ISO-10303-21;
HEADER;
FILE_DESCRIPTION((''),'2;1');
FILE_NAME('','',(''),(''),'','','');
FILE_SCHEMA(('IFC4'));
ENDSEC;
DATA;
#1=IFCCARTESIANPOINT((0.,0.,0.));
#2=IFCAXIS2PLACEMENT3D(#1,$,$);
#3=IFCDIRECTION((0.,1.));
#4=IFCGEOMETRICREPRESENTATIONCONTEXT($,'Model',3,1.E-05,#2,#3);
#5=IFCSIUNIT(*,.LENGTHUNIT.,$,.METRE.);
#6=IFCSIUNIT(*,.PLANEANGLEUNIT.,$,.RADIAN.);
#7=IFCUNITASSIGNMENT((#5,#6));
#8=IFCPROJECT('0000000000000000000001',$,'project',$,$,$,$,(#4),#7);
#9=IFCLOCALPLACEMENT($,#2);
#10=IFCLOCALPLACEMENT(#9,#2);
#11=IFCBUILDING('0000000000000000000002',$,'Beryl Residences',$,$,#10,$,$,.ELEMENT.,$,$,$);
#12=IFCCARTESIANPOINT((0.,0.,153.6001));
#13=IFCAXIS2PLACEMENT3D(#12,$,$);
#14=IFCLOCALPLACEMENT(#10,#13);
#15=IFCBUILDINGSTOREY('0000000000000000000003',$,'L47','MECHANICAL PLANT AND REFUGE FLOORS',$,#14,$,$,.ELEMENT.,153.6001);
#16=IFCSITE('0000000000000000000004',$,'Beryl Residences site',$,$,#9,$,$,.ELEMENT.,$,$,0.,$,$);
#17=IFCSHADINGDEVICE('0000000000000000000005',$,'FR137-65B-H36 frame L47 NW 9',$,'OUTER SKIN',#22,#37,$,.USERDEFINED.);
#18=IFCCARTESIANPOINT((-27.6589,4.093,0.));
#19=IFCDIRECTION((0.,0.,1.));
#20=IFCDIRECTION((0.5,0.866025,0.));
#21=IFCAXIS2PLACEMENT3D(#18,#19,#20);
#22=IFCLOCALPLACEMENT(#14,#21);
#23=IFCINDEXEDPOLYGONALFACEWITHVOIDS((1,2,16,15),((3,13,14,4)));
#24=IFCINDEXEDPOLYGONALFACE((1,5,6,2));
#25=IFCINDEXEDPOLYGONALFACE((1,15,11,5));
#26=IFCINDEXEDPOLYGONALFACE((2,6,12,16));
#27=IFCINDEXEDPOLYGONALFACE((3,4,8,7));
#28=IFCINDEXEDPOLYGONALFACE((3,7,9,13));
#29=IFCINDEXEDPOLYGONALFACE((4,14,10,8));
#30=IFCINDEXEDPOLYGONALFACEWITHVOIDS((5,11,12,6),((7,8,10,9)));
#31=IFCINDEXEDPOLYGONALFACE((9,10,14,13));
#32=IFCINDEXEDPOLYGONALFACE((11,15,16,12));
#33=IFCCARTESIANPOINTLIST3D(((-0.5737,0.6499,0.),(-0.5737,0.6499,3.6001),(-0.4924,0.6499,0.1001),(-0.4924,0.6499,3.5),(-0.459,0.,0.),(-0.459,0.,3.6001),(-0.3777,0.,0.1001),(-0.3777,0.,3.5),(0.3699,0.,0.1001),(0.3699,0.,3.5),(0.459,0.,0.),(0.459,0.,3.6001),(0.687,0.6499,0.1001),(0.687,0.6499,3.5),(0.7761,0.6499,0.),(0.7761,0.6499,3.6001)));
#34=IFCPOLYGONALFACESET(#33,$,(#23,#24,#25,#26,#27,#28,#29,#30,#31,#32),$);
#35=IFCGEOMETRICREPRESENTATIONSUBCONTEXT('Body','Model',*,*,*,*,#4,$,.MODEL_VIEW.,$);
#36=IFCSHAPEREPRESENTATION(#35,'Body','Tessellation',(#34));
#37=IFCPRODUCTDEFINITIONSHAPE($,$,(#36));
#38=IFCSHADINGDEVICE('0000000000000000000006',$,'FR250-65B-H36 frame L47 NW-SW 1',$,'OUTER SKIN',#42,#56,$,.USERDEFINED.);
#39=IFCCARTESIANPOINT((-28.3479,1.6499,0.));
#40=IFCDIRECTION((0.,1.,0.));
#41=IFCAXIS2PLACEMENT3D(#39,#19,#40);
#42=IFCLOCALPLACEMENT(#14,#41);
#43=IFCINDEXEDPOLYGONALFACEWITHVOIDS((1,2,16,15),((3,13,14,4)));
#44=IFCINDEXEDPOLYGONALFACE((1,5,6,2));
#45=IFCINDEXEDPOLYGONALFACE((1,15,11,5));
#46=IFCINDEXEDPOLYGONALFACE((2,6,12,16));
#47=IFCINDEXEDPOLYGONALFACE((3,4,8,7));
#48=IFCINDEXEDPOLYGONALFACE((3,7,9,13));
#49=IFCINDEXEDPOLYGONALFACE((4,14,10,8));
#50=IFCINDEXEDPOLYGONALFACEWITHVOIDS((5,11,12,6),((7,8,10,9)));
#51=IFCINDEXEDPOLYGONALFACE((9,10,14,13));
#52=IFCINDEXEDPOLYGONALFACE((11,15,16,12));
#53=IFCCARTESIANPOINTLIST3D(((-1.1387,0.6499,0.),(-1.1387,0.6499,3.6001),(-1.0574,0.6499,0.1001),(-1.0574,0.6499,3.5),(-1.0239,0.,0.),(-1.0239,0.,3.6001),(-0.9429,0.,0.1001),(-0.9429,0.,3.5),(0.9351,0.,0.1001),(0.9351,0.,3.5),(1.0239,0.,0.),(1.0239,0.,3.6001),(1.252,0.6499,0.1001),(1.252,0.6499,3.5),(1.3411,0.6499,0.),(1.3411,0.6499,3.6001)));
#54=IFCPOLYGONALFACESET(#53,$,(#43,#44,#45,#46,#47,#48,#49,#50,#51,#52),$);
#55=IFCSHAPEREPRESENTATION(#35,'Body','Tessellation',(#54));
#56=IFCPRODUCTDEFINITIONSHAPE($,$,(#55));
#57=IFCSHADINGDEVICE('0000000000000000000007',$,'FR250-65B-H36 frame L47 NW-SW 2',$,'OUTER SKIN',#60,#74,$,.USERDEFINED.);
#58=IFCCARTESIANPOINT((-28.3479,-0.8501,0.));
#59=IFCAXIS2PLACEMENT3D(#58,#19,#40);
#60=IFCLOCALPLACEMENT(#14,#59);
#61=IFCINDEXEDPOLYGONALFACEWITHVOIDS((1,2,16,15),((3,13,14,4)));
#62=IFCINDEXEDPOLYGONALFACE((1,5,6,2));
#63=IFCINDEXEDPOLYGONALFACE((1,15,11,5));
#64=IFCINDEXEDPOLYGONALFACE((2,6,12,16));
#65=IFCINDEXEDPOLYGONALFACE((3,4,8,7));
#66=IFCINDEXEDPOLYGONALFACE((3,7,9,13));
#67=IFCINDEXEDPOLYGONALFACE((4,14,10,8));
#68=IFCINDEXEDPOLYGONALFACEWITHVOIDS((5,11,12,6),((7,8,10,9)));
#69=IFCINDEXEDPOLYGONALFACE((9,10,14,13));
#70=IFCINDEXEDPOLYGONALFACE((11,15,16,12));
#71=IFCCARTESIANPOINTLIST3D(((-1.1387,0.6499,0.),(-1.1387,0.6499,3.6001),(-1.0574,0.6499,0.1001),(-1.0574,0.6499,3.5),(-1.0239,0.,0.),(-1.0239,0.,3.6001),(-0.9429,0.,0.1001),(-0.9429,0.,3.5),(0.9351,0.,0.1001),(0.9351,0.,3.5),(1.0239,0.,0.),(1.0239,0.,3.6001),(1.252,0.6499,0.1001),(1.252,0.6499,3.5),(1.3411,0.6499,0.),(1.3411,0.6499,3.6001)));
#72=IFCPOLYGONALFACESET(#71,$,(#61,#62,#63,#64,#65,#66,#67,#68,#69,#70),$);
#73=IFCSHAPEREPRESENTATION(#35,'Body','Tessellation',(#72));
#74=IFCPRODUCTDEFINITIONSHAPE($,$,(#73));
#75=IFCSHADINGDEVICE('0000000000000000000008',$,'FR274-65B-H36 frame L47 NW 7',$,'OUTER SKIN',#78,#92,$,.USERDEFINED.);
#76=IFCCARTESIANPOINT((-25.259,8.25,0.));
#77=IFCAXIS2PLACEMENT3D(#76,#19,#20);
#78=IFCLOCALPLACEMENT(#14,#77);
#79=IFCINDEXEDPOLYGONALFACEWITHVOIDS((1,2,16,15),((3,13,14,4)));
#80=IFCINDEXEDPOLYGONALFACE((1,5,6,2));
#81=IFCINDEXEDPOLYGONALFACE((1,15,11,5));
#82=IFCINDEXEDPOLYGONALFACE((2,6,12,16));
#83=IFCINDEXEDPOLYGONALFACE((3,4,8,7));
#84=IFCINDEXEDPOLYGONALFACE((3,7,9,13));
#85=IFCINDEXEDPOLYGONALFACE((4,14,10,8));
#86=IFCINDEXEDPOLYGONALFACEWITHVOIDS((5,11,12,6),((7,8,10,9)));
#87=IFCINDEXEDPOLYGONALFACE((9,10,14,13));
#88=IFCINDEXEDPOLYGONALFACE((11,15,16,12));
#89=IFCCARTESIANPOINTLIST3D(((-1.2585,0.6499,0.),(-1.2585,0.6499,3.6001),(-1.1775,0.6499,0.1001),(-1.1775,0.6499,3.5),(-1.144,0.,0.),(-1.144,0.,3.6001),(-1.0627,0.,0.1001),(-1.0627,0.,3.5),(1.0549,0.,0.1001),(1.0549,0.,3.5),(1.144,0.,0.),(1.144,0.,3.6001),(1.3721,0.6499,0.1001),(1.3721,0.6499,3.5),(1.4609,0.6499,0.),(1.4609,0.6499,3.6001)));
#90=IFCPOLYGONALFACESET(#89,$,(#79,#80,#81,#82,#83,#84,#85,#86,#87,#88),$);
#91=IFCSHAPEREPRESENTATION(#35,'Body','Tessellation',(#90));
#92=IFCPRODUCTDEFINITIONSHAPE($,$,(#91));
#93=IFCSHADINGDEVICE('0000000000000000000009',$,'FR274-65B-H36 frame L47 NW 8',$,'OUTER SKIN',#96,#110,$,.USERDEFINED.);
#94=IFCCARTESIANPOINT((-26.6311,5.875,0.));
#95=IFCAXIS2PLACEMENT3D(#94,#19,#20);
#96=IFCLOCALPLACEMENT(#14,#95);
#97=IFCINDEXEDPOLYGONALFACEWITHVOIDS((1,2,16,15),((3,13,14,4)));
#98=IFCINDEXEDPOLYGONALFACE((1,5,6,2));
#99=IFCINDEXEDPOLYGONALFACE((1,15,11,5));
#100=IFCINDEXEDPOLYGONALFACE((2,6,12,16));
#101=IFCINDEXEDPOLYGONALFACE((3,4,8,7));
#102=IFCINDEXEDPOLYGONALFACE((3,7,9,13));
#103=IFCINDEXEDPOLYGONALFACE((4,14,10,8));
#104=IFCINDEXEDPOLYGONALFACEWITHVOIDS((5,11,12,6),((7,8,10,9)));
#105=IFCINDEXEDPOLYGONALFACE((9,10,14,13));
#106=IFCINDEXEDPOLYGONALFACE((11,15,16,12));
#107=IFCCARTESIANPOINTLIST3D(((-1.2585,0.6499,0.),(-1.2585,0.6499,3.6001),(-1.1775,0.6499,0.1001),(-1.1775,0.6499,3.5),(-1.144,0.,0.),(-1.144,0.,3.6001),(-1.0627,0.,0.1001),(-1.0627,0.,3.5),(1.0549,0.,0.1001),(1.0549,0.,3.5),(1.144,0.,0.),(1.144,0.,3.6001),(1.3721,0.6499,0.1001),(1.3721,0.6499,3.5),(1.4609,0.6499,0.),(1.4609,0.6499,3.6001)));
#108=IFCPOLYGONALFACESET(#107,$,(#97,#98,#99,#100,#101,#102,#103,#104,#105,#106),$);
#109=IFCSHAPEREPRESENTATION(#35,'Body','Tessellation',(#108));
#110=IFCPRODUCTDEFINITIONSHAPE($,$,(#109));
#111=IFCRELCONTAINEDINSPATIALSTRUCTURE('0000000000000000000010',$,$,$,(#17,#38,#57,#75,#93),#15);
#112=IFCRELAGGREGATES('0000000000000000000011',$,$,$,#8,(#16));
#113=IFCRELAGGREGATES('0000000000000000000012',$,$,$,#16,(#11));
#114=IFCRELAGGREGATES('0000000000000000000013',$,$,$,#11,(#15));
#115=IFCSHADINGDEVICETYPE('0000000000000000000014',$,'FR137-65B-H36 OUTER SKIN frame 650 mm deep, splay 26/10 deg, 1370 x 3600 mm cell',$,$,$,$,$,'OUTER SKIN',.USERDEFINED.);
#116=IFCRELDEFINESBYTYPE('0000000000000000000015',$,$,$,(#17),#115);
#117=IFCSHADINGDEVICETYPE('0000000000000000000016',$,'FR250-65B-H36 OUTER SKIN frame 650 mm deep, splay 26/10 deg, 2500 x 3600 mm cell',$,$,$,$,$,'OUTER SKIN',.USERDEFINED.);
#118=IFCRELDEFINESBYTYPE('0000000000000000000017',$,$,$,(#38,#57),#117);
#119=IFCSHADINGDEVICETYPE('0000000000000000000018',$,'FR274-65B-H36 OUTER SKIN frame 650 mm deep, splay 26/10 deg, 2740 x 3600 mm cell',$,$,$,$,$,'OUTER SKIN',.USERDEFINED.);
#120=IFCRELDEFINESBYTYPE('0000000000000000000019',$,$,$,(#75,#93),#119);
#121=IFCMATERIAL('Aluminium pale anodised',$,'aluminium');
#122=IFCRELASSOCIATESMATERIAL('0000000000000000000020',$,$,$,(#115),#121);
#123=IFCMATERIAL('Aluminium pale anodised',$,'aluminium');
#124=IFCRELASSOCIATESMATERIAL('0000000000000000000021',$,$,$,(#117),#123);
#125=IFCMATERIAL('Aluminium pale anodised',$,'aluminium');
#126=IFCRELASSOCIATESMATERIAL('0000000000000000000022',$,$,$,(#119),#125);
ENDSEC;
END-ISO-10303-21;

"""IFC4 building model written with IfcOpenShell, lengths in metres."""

from ifc_helpers import new_model, entity, si_unit, direction, frame, origin, place, context, subcontext, project, spatial, source, transform, mapped, material, type_object, type_shapes, element, save


model = new_model("IFC4")

# Units and contexts
model_context = context("Model", 3, precision=1e-05, world=origin(), true_north=direction((0.0, 1.0)))
body_context = subcontext(model_context, "Body", "Model", "MODEL_VIEW")
ifc_project = project(units=[si_unit("LENGTHUNIT", "METRE"), si_unit("PLANEANGLEUNIT", "RADIAN")], contexts=[model_context])

# Site, building, storey
site_placement = place(None, origin())
site = spatial("IfcSite", under=ifc_project, at=site_placement, Name="Beryl Residences site", CompositionType="ELEMENT", RefElevation=0.0)
building_placement = place(site_placement, origin())
building = spatial("IfcBuilding", under=site, at=building_placement, Name="Beryl Residences", CompositionType="ELEMENT")
storey_placement = place(building_placement, frame((0.0, 0.0, 153.6001)))
storey = spatial("IfcBuildingStorey", under=building, at=storey_placement, Name="L47", Description="MECHANICAL PLANT AND REFUGE FLOORS", CompositionType="ELEMENT", Elevation=153.6001)

# Shading devices
ifc_material_1 = material(Name="Aluminium pale anodised", Category="aluminium")
shading_device_type_1 = type_object("IfcShadingDeviceType", Name="FR137-65B-H36 OUTER SKIN frame 650 mm deep, splay 26/10 deg, 1370 x 3600 mm cell", ElementType="OUTER SKIN", PredefinedType="USERDEFINED", material=ifc_material_1)
cartesian_point_1 = entity("IfcCartesianPoint", [-0.459, 0.0])
cartesian_point_2 = entity("IfcCartesianPoint", [-0.3699, 0.1001])
cartesian_point_3 = entity("IfcCartesianPoint", [-0.7761, 0.0])
cartesian_point_4 = entity("IfcCartesianPoint", [-0.687, 0.1001])
shared_shape_1 = source(origin(), body_context, "Body", "SweptSolid", [
    entity("IfcExtrudedAreaSolidTapered", entity("IfcArbitraryProfileDefWithVoids", "AREA", None, entity("IfcPolyline", [cartesian_point_1, entity("IfcCartesianPoint", [0.459, 0.0]), entity("IfcCartesianPoint", [0.459, 3.6001]), entity("IfcCartesianPoint", [-0.459, 3.6001]), cartesian_point_1]), [entity("IfcPolyline", [cartesian_point_2, entity("IfcCartesianPoint", [0.3777, 0.1001]), entity("IfcCartesianPoint", [0.3777, 3.5]), entity("IfcCartesianPoint", [-0.3699, 3.5]), cartesian_point_2])]), entity("IfcAxis2Placement3D", entity("IfcCartesianPoint", [0.0, 0.0, 0.0]), entity("IfcDirection", [0.0, 1.0, 0.0]), entity("IfcDirection", [-1.0, 0.0, 0.0])), entity("IfcDirection", [0.0, 0.0, 1.0]), 0.6499, entity("IfcArbitraryProfileDefWithVoids", "AREA", None, entity("IfcPolyline", [cartesian_point_3, entity("IfcCartesianPoint", [0.5737, 0.0]), entity("IfcCartesianPoint", [0.5737, 3.6001]), entity("IfcCartesianPoint", [-0.7761, 3.6001]), cartesian_point_3]), [entity("IfcPolyline", [cartesian_point_4, entity("IfcCartesianPoint", [0.4924, 0.1001]), entity("IfcCartesianPoint", [0.4924, 3.5]), entity("IfcCartesianPoint", [-0.687, 3.5]), cartesian_point_4])])),
])
type_shapes(shading_device_type_1, [shared_shape_1])
shading_device_placement = place(storey_placement, frame((-27.6589, 4.093, 0.0), z_axis=(0.0, 0.0, 1.0), x_axis=(0.5, 0.866025, 0.0)))
element("IfcShadingDevice", 1, at=shading_device_placement, inside=storey, type_object=shading_device_type_1, Name="FR137-65B-H36 frame L47 NW 9", ObjectType="OUTER SKIN", PredefinedType="USERDEFINED", context=body_context, shape_type="MappedRepresentation", body=[
    mapped(shared_shape_1, transform((0.0, 0.0, 0.0))),
])
ifc_material_2 = material(Name="Aluminium pale anodised", Category="aluminium")
shading_device_type_2 = type_object("IfcShadingDeviceType", Name="FR250-65B-H36 OUTER SKIN frame 650 mm deep, splay 26/10 deg, 2500 x 3600 mm cell", ElementType="OUTER SKIN", PredefinedType="USERDEFINED", material=ifc_material_2)
cartesian_point_5 = entity("IfcCartesianPoint", [-1.0239, 0.0])
cartesian_point_6 = entity("IfcCartesianPoint", [-0.9351, 0.1001])
cartesian_point_7 = entity("IfcCartesianPoint", [-1.3411, 0.0])
cartesian_point_8 = entity("IfcCartesianPoint", [-1.252, 0.1001])
shared_shape_2 = source(origin(), body_context, "Body", "SweptSolid", [
    entity("IfcExtrudedAreaSolidTapered", entity("IfcArbitraryProfileDefWithVoids", "AREA", None, entity("IfcPolyline", [cartesian_point_5, entity("IfcCartesianPoint", [1.0239, 0.0]), entity("IfcCartesianPoint", [1.0239, 3.6001]), entity("IfcCartesianPoint", [-1.0239, 3.6001]), cartesian_point_5]), [entity("IfcPolyline", [cartesian_point_6, entity("IfcCartesianPoint", [0.9429, 0.1001]), entity("IfcCartesianPoint", [0.9429, 3.5]), entity("IfcCartesianPoint", [-0.9351, 3.5]), cartesian_point_6])]), entity("IfcAxis2Placement3D", entity("IfcCartesianPoint", [0.0, 0.0, 0.0]), entity("IfcDirection", [0.0, 1.0, 0.0]), entity("IfcDirection", [-1.0, 0.0, 0.0])), entity("IfcDirection", [0.0, 0.0, 1.0]), 0.6499, entity("IfcArbitraryProfileDefWithVoids", "AREA", None, entity("IfcPolyline", [cartesian_point_7, entity("IfcCartesianPoint", [1.1387, 0.0]), entity("IfcCartesianPoint", [1.1387, 3.6001]), entity("IfcCartesianPoint", [-1.3411, 3.6001]), cartesian_point_7]), [entity("IfcPolyline", [cartesian_point_8, entity("IfcCartesianPoint", [1.0574, 0.1001]), entity("IfcCartesianPoint", [1.0574, 3.5]), entity("IfcCartesianPoint", [-1.252, 3.5]), cartesian_point_8])])),
])
type_shapes(shading_device_type_2, [shared_shape_2])
for number, where, z_axis, x_axis, name in (
    (2, (-28.3479, 1.6499, 0.0), (0.0, 0.0, 1.0), (0.0, 1.0, 0.0), "FR250-65B-H36 frame L47 NW-SW 1"),
    (3, (-28.3479, -0.8501, 0.0), (0.0, 0.0, 1.0), (0.0, 1.0, 0.0), "FR250-65B-H36 frame L47 NW-SW 2"),
):
    element("IfcShadingDevice", number, at=place(storey_placement, frame(where, z_axis=z_axis, x_axis=x_axis)), inside=storey, type_object=shading_device_type_2, Name=name, ObjectType="OUTER SKIN", PredefinedType="USERDEFINED", context=body_context, shape_type="MappedRepresentation", body=[
        mapped(shared_shape_2, transform((0.0, 0.0, 0.0))),
    ])
ifc_material_3 = material(Name="Aluminium pale anodised", Category="aluminium")
shading_device_type_3 = type_object("IfcShadingDeviceType", Name="FR274-65B-H36 OUTER SKIN frame 650 mm deep, splay 26/10 deg, 2740 x 3600 mm cell", ElementType="OUTER SKIN", PredefinedType="USERDEFINED", material=ifc_material_3)
cartesian_point_9 = entity("IfcCartesianPoint", [-1.144, 0.0])
cartesian_point_10 = entity("IfcCartesianPoint", [-1.0549, 0.1001])
cartesian_point_11 = entity("IfcCartesianPoint", [-1.4609, 0.0])
cartesian_point_12 = entity("IfcCartesianPoint", [-1.3721, 0.1001])
shared_shape_3 = source(origin(), body_context, "Body", "SweptSolid", [
    entity("IfcExtrudedAreaSolidTapered", entity("IfcArbitraryProfileDefWithVoids", "AREA", None, entity("IfcPolyline", [cartesian_point_9, entity("IfcCartesianPoint", [1.144, 0.0]), entity("IfcCartesianPoint", [1.144, 3.6001]), entity("IfcCartesianPoint", [-1.144, 3.6001]), cartesian_point_9]), [entity("IfcPolyline", [cartesian_point_10, entity("IfcCartesianPoint", [1.0627, 0.1001]), entity("IfcCartesianPoint", [1.0627, 3.5]), entity("IfcCartesianPoint", [-1.0549, 3.5]), cartesian_point_10])]), entity("IfcAxis2Placement3D", entity("IfcCartesianPoint", [0.0, 0.0, 0.0]), entity("IfcDirection", [0.0, 1.0, 0.0]), entity("IfcDirection", [-1.0, 0.0, 0.0])), entity("IfcDirection", [0.0, 0.0, 1.0]), 0.6499, entity("IfcArbitraryProfileDefWithVoids", "AREA", None, entity("IfcPolyline", [cartesian_point_11, entity("IfcCartesianPoint", [1.2585, 0.0]), entity("IfcCartesianPoint", [1.2585, 3.6001]), entity("IfcCartesianPoint", [-1.4609, 3.6001]), cartesian_point_11]), [entity("IfcPolyline", [cartesian_point_12, entity("IfcCartesianPoint", [1.1775, 0.1001]), entity("IfcCartesianPoint", [1.1775, 3.5]), entity("IfcCartesianPoint", [-1.3721, 3.5]), cartesian_point_12])])),
])
type_shapes(shading_device_type_3, [shared_shape_3])
for number, where, z_axis, x_axis, name in (
    (4, (-25.259, 8.25, 0.0), (0.0, 0.0, 1.0), (0.5, 0.866025, 0.0), "FR274-65B-H36 frame L47 NW 7"),
    (5, (-26.6311, 5.875, 0.0), (0.0, 0.0, 1.0), (0.5, 0.866025, 0.0), "FR274-65B-H36 frame L47 NW 8"),
):
    element("IfcShadingDevice", number, at=place(storey_placement, frame(where, z_axis=z_axis, x_axis=x_axis)), inside=storey, type_object=shading_device_type_3, Name=name, ObjectType="OUTER SKIN", PredefinedType="USERDEFINED", context=body_context, shape_type="MappedRepresentation", body=[
        mapped(shared_shape_3, transform((0.0, 0.0, 0.0))),
    ])

save(model, "model.ifc")
